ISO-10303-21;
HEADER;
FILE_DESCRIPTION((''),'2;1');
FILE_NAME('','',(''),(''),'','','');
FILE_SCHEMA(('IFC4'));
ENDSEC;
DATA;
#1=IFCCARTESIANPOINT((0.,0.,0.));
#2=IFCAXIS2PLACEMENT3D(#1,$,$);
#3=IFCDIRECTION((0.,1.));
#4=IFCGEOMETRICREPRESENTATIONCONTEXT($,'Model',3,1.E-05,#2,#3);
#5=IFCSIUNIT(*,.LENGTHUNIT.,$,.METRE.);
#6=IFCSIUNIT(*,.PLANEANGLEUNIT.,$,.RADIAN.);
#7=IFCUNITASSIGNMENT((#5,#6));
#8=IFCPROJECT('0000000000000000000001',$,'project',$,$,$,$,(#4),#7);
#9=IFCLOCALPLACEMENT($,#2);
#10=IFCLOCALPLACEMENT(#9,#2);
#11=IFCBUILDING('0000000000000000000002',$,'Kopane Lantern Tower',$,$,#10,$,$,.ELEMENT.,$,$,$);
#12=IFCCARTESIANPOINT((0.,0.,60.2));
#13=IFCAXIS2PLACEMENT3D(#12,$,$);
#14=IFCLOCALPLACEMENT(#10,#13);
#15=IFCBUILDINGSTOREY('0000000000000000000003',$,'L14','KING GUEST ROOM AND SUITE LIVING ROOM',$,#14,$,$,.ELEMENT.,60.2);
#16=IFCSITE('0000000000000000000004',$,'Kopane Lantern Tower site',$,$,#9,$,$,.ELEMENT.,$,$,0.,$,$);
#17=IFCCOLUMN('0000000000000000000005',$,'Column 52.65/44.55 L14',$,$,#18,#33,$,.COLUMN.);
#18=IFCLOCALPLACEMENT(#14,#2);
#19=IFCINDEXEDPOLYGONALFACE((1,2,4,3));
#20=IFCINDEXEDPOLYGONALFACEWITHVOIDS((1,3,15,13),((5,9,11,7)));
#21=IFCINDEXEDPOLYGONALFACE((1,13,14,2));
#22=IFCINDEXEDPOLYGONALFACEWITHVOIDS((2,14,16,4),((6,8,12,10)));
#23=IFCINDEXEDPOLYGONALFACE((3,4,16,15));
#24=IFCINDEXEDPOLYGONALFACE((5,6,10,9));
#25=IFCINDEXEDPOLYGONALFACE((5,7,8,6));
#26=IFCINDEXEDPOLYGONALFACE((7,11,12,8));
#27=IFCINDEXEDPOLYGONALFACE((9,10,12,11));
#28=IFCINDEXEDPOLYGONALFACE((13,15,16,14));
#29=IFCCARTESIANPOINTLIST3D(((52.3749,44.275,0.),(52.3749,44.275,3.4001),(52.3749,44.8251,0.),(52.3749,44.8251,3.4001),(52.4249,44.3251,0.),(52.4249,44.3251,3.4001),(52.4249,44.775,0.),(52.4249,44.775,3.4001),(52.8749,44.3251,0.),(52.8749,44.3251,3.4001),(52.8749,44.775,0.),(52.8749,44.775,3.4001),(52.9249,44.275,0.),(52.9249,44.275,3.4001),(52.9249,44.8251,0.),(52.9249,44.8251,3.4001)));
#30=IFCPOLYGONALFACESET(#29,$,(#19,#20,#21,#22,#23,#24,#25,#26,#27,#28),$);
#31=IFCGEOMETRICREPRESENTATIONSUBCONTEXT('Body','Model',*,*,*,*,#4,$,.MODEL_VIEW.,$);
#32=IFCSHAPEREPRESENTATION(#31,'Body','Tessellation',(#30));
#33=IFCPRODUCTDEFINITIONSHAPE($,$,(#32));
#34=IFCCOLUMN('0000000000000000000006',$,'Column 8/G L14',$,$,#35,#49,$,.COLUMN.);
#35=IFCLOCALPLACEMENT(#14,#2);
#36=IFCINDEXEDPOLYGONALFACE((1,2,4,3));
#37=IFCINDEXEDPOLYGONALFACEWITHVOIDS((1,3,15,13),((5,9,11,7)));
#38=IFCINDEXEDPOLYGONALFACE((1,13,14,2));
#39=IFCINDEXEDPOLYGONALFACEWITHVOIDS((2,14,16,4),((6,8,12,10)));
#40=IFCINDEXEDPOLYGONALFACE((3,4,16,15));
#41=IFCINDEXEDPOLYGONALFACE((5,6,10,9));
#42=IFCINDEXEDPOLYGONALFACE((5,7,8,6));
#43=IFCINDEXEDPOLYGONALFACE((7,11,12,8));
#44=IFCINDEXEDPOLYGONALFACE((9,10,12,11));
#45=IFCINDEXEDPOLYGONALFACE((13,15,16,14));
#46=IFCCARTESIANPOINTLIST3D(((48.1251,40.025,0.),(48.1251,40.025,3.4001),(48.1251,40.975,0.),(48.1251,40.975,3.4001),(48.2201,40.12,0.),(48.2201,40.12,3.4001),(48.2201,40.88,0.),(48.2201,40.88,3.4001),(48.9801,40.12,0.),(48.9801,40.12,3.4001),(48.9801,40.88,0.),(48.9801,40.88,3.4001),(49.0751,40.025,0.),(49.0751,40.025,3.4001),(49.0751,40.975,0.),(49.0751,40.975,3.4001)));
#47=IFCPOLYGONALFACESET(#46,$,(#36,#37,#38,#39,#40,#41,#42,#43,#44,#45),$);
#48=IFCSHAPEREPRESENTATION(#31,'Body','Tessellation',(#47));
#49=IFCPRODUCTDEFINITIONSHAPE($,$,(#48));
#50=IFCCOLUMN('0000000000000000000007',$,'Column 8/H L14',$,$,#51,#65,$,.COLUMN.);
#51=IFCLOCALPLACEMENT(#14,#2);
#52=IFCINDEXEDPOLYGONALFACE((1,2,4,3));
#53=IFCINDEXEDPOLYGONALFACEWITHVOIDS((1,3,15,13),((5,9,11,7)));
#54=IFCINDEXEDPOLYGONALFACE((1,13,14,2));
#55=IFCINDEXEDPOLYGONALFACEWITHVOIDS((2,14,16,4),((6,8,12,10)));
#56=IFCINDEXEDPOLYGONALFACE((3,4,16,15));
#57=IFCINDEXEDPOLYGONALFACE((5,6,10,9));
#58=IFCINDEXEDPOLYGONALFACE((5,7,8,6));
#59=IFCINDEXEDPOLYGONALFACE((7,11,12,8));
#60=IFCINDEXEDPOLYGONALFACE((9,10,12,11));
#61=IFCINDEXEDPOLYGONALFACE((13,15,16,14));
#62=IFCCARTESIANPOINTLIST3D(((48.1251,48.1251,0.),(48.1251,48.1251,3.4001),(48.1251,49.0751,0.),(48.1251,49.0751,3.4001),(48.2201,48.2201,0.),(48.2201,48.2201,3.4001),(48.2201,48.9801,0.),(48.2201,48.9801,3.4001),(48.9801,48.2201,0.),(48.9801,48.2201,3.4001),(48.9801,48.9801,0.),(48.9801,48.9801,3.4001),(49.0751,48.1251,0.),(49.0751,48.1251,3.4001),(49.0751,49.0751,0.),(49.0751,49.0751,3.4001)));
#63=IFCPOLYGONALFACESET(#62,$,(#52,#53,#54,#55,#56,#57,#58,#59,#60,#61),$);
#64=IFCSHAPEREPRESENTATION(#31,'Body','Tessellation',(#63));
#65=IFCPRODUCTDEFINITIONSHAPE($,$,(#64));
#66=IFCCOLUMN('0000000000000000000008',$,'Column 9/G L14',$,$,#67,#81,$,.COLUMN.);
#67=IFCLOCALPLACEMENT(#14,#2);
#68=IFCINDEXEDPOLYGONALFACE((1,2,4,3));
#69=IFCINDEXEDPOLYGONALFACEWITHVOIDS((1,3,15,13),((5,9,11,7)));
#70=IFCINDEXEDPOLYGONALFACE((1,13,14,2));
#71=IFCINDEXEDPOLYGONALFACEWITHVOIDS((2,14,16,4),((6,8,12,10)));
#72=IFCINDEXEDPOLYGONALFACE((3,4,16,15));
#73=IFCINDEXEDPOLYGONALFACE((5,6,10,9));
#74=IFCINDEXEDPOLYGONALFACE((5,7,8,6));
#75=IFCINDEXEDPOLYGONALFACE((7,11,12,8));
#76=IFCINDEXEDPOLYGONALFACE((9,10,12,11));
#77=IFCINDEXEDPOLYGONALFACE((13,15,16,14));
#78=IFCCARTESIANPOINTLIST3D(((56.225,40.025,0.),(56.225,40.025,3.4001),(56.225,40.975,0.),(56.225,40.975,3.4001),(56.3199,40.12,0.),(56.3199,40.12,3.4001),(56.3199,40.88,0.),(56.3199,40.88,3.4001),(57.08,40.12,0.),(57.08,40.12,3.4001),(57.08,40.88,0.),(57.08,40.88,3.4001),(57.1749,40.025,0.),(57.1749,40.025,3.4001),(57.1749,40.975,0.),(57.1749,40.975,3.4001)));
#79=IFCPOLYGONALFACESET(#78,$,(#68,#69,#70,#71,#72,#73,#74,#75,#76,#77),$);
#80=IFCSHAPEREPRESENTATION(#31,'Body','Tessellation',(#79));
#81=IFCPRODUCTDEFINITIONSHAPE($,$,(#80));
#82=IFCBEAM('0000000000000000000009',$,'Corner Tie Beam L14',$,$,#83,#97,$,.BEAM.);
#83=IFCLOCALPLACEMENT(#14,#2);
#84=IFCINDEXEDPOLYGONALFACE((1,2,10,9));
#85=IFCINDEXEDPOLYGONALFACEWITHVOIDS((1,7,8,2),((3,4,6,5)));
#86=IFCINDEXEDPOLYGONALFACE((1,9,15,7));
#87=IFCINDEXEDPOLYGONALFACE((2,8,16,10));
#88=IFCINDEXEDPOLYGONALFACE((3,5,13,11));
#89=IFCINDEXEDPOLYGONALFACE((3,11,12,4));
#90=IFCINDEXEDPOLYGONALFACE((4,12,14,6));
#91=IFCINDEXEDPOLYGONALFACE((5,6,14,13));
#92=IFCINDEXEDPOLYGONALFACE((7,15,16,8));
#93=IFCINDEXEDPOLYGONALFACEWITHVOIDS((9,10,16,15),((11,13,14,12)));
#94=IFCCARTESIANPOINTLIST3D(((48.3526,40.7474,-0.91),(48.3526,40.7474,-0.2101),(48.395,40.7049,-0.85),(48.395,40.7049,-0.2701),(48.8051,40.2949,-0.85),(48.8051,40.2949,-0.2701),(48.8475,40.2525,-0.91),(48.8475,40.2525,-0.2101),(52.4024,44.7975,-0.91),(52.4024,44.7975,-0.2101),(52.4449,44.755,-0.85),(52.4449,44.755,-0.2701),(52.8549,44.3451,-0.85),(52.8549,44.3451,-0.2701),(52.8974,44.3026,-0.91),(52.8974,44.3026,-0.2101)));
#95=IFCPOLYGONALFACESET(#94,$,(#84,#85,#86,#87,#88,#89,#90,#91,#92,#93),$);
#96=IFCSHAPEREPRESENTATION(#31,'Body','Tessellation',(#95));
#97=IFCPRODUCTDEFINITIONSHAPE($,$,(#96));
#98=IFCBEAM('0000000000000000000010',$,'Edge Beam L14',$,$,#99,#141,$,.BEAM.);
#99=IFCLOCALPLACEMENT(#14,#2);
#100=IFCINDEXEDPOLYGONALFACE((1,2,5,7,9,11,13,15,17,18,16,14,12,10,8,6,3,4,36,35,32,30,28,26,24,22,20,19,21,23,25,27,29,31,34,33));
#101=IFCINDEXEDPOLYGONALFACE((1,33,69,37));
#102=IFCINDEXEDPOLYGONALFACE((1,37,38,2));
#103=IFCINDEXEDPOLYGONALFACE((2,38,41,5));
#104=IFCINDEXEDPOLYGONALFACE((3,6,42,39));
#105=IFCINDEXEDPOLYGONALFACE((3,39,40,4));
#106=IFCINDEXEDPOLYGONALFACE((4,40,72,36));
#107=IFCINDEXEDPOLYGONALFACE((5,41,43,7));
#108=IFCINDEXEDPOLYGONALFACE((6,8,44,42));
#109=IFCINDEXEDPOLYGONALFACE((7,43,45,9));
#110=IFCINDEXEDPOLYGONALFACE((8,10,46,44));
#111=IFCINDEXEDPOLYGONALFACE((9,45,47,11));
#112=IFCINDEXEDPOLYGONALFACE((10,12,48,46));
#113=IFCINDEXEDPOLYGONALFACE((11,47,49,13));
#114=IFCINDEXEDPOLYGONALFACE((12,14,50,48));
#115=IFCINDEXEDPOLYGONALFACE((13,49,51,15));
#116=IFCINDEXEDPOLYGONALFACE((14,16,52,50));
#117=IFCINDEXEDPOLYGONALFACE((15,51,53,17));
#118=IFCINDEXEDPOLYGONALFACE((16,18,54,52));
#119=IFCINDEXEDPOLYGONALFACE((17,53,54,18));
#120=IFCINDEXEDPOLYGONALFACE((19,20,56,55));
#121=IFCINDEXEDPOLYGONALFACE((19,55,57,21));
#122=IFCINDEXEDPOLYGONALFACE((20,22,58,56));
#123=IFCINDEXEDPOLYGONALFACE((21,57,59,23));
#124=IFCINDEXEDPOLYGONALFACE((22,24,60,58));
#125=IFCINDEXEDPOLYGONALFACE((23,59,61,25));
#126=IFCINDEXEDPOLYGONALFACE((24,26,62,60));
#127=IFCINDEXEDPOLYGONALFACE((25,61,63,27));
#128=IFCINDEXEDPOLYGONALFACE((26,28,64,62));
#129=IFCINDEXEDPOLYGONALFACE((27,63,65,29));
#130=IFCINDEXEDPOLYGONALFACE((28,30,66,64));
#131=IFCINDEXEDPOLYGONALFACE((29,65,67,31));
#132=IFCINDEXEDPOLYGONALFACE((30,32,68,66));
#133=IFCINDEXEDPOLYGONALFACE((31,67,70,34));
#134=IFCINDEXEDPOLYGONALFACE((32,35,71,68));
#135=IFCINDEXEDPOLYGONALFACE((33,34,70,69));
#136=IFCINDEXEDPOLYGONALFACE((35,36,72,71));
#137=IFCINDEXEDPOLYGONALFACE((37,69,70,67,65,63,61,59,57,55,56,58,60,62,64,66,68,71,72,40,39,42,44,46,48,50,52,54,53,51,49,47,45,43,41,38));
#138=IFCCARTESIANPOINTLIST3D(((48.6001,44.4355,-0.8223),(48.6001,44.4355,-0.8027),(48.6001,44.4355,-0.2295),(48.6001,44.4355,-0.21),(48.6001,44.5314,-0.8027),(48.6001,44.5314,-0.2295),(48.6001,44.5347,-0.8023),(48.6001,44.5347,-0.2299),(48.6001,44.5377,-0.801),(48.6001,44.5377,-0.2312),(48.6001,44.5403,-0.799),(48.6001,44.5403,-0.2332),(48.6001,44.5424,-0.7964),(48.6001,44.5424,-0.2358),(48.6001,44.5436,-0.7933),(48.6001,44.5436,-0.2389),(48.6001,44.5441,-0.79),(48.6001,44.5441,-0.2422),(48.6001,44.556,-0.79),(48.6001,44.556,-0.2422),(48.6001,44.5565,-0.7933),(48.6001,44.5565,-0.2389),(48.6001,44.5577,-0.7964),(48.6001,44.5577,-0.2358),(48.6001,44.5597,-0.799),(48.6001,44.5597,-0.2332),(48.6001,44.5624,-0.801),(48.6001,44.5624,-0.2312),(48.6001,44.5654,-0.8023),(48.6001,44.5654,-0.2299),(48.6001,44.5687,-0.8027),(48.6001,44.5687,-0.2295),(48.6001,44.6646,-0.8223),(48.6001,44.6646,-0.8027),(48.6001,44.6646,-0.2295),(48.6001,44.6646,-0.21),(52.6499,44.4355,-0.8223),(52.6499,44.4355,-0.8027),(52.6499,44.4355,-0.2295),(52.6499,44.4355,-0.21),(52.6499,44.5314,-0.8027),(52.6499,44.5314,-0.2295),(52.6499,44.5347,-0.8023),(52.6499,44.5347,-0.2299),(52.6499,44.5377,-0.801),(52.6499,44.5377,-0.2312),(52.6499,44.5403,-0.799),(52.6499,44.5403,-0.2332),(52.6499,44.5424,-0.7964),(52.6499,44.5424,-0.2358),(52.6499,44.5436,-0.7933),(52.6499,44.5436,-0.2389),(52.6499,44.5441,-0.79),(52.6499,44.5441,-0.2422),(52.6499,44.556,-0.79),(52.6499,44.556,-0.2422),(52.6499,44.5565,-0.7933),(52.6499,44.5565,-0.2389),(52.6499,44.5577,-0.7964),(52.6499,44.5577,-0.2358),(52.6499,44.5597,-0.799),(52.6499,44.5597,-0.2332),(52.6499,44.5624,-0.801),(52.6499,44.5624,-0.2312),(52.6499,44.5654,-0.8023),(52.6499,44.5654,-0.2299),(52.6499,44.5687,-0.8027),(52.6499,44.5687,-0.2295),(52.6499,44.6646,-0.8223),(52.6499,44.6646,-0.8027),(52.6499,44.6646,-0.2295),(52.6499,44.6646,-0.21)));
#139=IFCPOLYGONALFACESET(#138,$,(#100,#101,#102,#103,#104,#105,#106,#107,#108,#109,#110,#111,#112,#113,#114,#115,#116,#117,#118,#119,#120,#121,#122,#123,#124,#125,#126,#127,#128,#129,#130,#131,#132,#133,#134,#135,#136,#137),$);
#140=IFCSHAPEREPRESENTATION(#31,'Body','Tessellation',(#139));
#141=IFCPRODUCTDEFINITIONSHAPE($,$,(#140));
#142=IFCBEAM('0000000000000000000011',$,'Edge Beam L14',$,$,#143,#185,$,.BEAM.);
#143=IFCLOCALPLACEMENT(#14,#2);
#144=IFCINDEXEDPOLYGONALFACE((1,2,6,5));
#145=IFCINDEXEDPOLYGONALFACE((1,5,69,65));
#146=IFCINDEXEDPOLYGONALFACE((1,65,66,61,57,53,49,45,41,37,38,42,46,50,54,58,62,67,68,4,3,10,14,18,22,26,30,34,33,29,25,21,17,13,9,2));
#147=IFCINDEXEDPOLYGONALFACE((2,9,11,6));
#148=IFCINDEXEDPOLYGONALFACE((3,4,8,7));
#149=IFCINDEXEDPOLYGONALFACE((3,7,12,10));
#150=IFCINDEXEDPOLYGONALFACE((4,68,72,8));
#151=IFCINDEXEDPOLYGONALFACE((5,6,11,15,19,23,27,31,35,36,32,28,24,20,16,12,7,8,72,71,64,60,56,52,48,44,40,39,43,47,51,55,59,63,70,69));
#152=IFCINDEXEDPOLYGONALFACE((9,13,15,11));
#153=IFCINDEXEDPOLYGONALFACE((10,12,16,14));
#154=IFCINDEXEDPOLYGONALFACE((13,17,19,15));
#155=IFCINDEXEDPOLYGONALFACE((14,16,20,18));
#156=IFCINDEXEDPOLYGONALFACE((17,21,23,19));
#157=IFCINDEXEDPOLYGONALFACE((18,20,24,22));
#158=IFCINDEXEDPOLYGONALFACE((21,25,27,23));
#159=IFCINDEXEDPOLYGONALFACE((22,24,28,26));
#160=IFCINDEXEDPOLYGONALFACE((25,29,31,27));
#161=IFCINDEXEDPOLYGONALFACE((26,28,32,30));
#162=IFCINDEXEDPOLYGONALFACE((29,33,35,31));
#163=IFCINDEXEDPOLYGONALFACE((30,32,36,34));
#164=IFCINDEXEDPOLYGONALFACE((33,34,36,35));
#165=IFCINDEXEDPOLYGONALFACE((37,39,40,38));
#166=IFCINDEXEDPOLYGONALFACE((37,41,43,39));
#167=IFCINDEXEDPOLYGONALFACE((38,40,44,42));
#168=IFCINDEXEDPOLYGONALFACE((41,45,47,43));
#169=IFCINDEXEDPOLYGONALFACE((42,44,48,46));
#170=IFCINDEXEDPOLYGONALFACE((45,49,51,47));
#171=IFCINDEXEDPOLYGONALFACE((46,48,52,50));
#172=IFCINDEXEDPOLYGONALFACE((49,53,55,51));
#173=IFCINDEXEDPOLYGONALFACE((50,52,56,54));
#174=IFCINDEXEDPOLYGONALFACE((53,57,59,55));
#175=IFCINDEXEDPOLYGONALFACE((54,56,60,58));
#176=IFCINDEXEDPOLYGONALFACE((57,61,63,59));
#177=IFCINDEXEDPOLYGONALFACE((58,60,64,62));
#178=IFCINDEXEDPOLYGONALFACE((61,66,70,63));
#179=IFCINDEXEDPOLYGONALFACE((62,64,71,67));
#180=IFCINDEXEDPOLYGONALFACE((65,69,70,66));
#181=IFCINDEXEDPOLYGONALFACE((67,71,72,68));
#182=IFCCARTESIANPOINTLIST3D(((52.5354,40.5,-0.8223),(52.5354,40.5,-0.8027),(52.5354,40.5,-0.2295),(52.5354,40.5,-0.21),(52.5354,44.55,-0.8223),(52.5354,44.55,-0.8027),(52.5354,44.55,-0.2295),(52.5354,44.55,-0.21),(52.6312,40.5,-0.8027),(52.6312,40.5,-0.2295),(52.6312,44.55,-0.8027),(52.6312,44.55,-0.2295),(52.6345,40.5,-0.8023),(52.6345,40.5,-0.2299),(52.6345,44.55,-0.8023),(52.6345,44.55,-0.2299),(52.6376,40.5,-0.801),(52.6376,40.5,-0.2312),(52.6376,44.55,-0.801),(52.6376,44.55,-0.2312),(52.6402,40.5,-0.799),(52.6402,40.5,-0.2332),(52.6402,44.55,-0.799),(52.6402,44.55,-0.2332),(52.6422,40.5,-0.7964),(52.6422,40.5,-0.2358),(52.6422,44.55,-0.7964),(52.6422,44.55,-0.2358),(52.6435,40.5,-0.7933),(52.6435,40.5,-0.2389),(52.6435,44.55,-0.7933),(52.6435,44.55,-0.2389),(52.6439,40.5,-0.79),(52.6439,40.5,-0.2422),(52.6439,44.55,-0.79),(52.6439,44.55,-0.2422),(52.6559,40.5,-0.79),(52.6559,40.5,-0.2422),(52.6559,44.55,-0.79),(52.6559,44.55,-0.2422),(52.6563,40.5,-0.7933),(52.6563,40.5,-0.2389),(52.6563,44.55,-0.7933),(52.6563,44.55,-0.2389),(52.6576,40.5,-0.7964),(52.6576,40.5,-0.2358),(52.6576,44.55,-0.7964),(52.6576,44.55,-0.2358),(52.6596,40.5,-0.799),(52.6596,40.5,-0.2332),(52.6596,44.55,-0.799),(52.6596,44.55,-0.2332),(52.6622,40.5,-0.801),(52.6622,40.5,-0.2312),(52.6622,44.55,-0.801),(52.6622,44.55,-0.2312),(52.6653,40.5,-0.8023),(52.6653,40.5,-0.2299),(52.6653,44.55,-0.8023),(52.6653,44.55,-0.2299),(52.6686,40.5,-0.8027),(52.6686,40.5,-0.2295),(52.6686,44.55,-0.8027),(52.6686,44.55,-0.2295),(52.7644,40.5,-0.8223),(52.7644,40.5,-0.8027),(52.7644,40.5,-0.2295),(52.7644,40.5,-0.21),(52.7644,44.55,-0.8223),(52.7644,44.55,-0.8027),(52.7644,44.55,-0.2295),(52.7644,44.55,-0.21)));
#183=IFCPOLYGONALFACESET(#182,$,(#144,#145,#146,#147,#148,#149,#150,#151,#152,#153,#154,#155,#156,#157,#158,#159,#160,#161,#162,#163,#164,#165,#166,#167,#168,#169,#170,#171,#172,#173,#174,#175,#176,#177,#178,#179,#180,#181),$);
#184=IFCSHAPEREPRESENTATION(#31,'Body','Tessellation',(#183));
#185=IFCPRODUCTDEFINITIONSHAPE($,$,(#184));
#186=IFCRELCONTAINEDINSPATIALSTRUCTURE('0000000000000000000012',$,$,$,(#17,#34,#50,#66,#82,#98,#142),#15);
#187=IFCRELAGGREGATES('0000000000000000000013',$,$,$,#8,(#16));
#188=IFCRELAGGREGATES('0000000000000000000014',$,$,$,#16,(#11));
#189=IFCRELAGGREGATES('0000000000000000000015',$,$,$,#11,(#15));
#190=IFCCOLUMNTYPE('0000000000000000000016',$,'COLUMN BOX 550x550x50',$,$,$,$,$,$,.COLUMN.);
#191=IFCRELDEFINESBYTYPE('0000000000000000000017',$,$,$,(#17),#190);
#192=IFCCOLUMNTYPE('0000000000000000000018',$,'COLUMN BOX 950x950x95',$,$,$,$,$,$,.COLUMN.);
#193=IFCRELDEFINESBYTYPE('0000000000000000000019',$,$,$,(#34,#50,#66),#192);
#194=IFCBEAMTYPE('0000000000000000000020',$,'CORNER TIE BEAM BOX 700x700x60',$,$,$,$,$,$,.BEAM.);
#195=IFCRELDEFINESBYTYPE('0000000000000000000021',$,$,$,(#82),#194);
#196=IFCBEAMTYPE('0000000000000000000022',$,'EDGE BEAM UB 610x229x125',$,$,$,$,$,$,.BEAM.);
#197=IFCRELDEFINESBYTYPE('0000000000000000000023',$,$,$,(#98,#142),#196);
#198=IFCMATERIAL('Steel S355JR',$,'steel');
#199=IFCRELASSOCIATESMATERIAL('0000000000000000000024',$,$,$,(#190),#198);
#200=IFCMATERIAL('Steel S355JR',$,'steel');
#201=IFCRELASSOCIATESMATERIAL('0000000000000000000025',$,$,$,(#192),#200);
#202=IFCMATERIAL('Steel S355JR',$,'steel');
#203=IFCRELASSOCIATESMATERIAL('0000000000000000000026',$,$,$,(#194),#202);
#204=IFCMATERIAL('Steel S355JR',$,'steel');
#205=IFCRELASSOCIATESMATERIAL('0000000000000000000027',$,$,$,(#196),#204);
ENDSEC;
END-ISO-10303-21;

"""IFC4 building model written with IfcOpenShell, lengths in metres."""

from ifc_helpers import new_model, si_unit, direction, frame, origin, origin_2d, place, context, subcontext, project, spatial, hollow_rectangle, i_section, extrude, material, material_profile, profile_set, type_object, element, save


model = new_model("IFC4")

# Units and contexts
model_context = context("Model", 3, precision=1e-05, world=origin(), true_north=direction((0.0, 1.0)))
body_context = subcontext(model_context, "Body", "Model", "MODEL_VIEW")
ifc_project = project(units=[si_unit("LENGTHUNIT", "METRE"), si_unit("PLANEANGLEUNIT", "RADIAN")], contexts=[model_context])

# Site, building, storey
site_placement = place(None, origin())
site = spatial("IfcSite", under=ifc_project, at=site_placement, Name="Kopane Lantern Tower site", CompositionType="ELEMENT", RefElevation=0.0)
building_placement = place(site_placement, origin())
building = spatial("IfcBuilding", under=site, at=building_placement, Name="Kopane Lantern Tower", CompositionType="ELEMENT")
storey_placement = place(building_placement, frame((0.0, 0.0, 60.2)))
storey = spatial("IfcBuildingStorey", under=building, at=storey_placement, Name="L14", Description="KING GUEST ROOM AND SUITE LIVING ROOM", CompositionType="ELEMENT", Elevation=60.2)

# Columns
ifc_material_1 = material(Name="Steel S355JR", Category="steel")
ifc_material_profile_1 = material_profile(ifc_material_1, hollow_rectangle(XDim=0.55, YDim=0.55, WallThickness=0.05, at=origin_2d()), Name="BOX 550x550x50")
ifc_profile_set_1 = profile_set([ifc_material_profile_1], Name="Steel S355JR")
column_type_1 = type_object("IfcColumnType", Name="COLUMN BOX 550x550x50", PredefinedType="COLUMN", material=ifc_profile_set_1)
column_placement = place(storey_placement, frame((52.6499, 44.55, 0.0), z_axis=(0.0, 0.0, 1.0), x_axis=(1.0, 0.0, 0.0)))
element("IfcColumn", 1, at=column_placement, inside=storey, type_object=column_type_1, Name="Column 52.65/44.55 L14", PredefinedType="COLUMN", context=body_context, shape_type="SweptSolid", body=[
    extrude(hollow_rectangle(XDim=0.55, YDim=0.55, WallThickness=0.05, at=origin_2d()), origin(), (0.0, 0.0, 1.0), 3.4001),
])
ifc_material_2 = material(Name="Steel S355JR", Category="steel")
ifc_material_profile_2 = material_profile(ifc_material_2, hollow_rectangle(XDim=0.95, YDim=0.95, WallThickness=0.095, at=origin_2d()), Name="BOX 950x950x95")
ifc_profile_set_2 = profile_set([ifc_material_profile_2], Name="Steel S355JR")
column_type_2 = type_object("IfcColumnType", Name="COLUMN BOX 950x950x95", PredefinedType="COLUMN", material=ifc_profile_set_2)
for number, where, z_axis, x_axis, name in (
    (2, (48.6001, 40.5, 0.0), (0.0, 0.0, 1.0), (1.0, 0.0, 0.0), "Column 8/G L14"),
    (3, (48.6001, 48.6001, 0.0), (0.0, 0.0, 1.0), (1.0, 0.0, 0.0), "Column 8/H L14"),
    (4, (56.7, 40.5, 0.0), (0.0, 0.0, 1.0), (1.0, 0.0, 0.0), "Column 9/G L14"),
):
    element("IfcColumn", number, at=place(storey_placement, frame(where, z_axis=z_axis, x_axis=x_axis)), inside=storey, type_object=column_type_2, Name=name, PredefinedType="COLUMN", context=body_context, shape_type="SweptSolid", body=[
        extrude(hollow_rectangle(XDim=0.95, YDim=0.95, WallThickness=0.095, at=origin_2d()), origin(), (0.0, 0.0, 1.0), 3.4001),
    ])

# Beams
ifc_material_3 = material(Name="Steel S355JR", Category="steel")
ifc_material_profile_3 = material_profile(ifc_material_3, hollow_rectangle(XDim=0.7, YDim=0.7, WallThickness=0.0601, at=origin_2d()), Name="BOX 700x700x60")
ifc_profile_set_3 = profile_set([ifc_material_profile_3], Name="Steel S355JR")
beam_type_1 = type_object("IfcBeamType", Name="CORNER TIE BEAM BOX 700x700x60", PredefinedType="BEAM", material=ifc_profile_set_3)
beam_1_placement = place(storey_placement, frame((52.6499, 44.55, -0.5601), z_axis=(-0.707085, -0.707128, 0.0), x_axis=(0.707128, -0.707085, 0.0)))
element("IfcBeam", 5, at=beam_1_placement, inside=storey, type_object=beam_type_1, Name="Corner Tie Beam L14", PredefinedType="BEAM", context=body_context, shape_type="SweptSolid", body=[
    extrude(hollow_rectangle(XDim=0.7, YDim=0.7, WallThickness=0.0601, at=origin_2d()), origin(), (0.0, 0.0, 1.0), 5.7275),
])
ifc_material_4 = material(Name="Steel S355JR", Category="steel")
ifc_material_profile_4 = material_profile(ifc_material_4, i_section(OverallWidth=0.229, OverallDepth=0.6123, WebThickness=0.012, FlangeThickness=0.0195, FilletRadius=0.0127, at=origin_2d()), Name="UB 610x229x125")
ifc_profile_set_4 = profile_set([ifc_material_profile_4], Name="Steel S355JR")
beam_type_2 = type_object("IfcBeamType", Name="EDGE BEAM UB 610x229x125", PredefinedType="BEAM", material=ifc_profile_set_4)
beam_2_placement = place(storey_placement, frame((52.6499, 44.55, -0.5161), z_axis=(-1.0, 0.0, 0.0), x_axis=(0.0, -1.0, 0.0)))
element("IfcBeam", 6, at=beam_2_placement, inside=storey, type_object=beam_type_2, Name="Edge Beam L14", PredefinedType="BEAM", context=body_context, shape_type="SweptSolid", body=[
    extrude(i_section(OverallWidth=0.229, OverallDepth=0.6123, WebThickness=0.012, FlangeThickness=0.0195, FilletRadius=0.0127, at=origin_2d()), origin(), (0.0, 0.0, 1.0), 4.0498),
])
beam_3_placement = place(storey_placement, frame((52.6499, 44.55, -0.5161), z_axis=(0.0, -1.0, 0.0), x_axis=(1.0, 0.0, 0.0)))
element("IfcBeam", 7, at=beam_3_placement, inside=storey, type_object=beam_type_2, Name="Edge Beam L14", PredefinedType="BEAM", context=body_context, shape_type="SweptSolid", body=[
    extrude(i_section(OverallWidth=0.229, OverallDepth=0.6123, WebThickness=0.012, FlangeThickness=0.0195, FilletRadius=0.0127, at=origin_2d()), origin(), (0.0, 0.0, 1.0), 4.05),
])

save(model, "model.ifc")
